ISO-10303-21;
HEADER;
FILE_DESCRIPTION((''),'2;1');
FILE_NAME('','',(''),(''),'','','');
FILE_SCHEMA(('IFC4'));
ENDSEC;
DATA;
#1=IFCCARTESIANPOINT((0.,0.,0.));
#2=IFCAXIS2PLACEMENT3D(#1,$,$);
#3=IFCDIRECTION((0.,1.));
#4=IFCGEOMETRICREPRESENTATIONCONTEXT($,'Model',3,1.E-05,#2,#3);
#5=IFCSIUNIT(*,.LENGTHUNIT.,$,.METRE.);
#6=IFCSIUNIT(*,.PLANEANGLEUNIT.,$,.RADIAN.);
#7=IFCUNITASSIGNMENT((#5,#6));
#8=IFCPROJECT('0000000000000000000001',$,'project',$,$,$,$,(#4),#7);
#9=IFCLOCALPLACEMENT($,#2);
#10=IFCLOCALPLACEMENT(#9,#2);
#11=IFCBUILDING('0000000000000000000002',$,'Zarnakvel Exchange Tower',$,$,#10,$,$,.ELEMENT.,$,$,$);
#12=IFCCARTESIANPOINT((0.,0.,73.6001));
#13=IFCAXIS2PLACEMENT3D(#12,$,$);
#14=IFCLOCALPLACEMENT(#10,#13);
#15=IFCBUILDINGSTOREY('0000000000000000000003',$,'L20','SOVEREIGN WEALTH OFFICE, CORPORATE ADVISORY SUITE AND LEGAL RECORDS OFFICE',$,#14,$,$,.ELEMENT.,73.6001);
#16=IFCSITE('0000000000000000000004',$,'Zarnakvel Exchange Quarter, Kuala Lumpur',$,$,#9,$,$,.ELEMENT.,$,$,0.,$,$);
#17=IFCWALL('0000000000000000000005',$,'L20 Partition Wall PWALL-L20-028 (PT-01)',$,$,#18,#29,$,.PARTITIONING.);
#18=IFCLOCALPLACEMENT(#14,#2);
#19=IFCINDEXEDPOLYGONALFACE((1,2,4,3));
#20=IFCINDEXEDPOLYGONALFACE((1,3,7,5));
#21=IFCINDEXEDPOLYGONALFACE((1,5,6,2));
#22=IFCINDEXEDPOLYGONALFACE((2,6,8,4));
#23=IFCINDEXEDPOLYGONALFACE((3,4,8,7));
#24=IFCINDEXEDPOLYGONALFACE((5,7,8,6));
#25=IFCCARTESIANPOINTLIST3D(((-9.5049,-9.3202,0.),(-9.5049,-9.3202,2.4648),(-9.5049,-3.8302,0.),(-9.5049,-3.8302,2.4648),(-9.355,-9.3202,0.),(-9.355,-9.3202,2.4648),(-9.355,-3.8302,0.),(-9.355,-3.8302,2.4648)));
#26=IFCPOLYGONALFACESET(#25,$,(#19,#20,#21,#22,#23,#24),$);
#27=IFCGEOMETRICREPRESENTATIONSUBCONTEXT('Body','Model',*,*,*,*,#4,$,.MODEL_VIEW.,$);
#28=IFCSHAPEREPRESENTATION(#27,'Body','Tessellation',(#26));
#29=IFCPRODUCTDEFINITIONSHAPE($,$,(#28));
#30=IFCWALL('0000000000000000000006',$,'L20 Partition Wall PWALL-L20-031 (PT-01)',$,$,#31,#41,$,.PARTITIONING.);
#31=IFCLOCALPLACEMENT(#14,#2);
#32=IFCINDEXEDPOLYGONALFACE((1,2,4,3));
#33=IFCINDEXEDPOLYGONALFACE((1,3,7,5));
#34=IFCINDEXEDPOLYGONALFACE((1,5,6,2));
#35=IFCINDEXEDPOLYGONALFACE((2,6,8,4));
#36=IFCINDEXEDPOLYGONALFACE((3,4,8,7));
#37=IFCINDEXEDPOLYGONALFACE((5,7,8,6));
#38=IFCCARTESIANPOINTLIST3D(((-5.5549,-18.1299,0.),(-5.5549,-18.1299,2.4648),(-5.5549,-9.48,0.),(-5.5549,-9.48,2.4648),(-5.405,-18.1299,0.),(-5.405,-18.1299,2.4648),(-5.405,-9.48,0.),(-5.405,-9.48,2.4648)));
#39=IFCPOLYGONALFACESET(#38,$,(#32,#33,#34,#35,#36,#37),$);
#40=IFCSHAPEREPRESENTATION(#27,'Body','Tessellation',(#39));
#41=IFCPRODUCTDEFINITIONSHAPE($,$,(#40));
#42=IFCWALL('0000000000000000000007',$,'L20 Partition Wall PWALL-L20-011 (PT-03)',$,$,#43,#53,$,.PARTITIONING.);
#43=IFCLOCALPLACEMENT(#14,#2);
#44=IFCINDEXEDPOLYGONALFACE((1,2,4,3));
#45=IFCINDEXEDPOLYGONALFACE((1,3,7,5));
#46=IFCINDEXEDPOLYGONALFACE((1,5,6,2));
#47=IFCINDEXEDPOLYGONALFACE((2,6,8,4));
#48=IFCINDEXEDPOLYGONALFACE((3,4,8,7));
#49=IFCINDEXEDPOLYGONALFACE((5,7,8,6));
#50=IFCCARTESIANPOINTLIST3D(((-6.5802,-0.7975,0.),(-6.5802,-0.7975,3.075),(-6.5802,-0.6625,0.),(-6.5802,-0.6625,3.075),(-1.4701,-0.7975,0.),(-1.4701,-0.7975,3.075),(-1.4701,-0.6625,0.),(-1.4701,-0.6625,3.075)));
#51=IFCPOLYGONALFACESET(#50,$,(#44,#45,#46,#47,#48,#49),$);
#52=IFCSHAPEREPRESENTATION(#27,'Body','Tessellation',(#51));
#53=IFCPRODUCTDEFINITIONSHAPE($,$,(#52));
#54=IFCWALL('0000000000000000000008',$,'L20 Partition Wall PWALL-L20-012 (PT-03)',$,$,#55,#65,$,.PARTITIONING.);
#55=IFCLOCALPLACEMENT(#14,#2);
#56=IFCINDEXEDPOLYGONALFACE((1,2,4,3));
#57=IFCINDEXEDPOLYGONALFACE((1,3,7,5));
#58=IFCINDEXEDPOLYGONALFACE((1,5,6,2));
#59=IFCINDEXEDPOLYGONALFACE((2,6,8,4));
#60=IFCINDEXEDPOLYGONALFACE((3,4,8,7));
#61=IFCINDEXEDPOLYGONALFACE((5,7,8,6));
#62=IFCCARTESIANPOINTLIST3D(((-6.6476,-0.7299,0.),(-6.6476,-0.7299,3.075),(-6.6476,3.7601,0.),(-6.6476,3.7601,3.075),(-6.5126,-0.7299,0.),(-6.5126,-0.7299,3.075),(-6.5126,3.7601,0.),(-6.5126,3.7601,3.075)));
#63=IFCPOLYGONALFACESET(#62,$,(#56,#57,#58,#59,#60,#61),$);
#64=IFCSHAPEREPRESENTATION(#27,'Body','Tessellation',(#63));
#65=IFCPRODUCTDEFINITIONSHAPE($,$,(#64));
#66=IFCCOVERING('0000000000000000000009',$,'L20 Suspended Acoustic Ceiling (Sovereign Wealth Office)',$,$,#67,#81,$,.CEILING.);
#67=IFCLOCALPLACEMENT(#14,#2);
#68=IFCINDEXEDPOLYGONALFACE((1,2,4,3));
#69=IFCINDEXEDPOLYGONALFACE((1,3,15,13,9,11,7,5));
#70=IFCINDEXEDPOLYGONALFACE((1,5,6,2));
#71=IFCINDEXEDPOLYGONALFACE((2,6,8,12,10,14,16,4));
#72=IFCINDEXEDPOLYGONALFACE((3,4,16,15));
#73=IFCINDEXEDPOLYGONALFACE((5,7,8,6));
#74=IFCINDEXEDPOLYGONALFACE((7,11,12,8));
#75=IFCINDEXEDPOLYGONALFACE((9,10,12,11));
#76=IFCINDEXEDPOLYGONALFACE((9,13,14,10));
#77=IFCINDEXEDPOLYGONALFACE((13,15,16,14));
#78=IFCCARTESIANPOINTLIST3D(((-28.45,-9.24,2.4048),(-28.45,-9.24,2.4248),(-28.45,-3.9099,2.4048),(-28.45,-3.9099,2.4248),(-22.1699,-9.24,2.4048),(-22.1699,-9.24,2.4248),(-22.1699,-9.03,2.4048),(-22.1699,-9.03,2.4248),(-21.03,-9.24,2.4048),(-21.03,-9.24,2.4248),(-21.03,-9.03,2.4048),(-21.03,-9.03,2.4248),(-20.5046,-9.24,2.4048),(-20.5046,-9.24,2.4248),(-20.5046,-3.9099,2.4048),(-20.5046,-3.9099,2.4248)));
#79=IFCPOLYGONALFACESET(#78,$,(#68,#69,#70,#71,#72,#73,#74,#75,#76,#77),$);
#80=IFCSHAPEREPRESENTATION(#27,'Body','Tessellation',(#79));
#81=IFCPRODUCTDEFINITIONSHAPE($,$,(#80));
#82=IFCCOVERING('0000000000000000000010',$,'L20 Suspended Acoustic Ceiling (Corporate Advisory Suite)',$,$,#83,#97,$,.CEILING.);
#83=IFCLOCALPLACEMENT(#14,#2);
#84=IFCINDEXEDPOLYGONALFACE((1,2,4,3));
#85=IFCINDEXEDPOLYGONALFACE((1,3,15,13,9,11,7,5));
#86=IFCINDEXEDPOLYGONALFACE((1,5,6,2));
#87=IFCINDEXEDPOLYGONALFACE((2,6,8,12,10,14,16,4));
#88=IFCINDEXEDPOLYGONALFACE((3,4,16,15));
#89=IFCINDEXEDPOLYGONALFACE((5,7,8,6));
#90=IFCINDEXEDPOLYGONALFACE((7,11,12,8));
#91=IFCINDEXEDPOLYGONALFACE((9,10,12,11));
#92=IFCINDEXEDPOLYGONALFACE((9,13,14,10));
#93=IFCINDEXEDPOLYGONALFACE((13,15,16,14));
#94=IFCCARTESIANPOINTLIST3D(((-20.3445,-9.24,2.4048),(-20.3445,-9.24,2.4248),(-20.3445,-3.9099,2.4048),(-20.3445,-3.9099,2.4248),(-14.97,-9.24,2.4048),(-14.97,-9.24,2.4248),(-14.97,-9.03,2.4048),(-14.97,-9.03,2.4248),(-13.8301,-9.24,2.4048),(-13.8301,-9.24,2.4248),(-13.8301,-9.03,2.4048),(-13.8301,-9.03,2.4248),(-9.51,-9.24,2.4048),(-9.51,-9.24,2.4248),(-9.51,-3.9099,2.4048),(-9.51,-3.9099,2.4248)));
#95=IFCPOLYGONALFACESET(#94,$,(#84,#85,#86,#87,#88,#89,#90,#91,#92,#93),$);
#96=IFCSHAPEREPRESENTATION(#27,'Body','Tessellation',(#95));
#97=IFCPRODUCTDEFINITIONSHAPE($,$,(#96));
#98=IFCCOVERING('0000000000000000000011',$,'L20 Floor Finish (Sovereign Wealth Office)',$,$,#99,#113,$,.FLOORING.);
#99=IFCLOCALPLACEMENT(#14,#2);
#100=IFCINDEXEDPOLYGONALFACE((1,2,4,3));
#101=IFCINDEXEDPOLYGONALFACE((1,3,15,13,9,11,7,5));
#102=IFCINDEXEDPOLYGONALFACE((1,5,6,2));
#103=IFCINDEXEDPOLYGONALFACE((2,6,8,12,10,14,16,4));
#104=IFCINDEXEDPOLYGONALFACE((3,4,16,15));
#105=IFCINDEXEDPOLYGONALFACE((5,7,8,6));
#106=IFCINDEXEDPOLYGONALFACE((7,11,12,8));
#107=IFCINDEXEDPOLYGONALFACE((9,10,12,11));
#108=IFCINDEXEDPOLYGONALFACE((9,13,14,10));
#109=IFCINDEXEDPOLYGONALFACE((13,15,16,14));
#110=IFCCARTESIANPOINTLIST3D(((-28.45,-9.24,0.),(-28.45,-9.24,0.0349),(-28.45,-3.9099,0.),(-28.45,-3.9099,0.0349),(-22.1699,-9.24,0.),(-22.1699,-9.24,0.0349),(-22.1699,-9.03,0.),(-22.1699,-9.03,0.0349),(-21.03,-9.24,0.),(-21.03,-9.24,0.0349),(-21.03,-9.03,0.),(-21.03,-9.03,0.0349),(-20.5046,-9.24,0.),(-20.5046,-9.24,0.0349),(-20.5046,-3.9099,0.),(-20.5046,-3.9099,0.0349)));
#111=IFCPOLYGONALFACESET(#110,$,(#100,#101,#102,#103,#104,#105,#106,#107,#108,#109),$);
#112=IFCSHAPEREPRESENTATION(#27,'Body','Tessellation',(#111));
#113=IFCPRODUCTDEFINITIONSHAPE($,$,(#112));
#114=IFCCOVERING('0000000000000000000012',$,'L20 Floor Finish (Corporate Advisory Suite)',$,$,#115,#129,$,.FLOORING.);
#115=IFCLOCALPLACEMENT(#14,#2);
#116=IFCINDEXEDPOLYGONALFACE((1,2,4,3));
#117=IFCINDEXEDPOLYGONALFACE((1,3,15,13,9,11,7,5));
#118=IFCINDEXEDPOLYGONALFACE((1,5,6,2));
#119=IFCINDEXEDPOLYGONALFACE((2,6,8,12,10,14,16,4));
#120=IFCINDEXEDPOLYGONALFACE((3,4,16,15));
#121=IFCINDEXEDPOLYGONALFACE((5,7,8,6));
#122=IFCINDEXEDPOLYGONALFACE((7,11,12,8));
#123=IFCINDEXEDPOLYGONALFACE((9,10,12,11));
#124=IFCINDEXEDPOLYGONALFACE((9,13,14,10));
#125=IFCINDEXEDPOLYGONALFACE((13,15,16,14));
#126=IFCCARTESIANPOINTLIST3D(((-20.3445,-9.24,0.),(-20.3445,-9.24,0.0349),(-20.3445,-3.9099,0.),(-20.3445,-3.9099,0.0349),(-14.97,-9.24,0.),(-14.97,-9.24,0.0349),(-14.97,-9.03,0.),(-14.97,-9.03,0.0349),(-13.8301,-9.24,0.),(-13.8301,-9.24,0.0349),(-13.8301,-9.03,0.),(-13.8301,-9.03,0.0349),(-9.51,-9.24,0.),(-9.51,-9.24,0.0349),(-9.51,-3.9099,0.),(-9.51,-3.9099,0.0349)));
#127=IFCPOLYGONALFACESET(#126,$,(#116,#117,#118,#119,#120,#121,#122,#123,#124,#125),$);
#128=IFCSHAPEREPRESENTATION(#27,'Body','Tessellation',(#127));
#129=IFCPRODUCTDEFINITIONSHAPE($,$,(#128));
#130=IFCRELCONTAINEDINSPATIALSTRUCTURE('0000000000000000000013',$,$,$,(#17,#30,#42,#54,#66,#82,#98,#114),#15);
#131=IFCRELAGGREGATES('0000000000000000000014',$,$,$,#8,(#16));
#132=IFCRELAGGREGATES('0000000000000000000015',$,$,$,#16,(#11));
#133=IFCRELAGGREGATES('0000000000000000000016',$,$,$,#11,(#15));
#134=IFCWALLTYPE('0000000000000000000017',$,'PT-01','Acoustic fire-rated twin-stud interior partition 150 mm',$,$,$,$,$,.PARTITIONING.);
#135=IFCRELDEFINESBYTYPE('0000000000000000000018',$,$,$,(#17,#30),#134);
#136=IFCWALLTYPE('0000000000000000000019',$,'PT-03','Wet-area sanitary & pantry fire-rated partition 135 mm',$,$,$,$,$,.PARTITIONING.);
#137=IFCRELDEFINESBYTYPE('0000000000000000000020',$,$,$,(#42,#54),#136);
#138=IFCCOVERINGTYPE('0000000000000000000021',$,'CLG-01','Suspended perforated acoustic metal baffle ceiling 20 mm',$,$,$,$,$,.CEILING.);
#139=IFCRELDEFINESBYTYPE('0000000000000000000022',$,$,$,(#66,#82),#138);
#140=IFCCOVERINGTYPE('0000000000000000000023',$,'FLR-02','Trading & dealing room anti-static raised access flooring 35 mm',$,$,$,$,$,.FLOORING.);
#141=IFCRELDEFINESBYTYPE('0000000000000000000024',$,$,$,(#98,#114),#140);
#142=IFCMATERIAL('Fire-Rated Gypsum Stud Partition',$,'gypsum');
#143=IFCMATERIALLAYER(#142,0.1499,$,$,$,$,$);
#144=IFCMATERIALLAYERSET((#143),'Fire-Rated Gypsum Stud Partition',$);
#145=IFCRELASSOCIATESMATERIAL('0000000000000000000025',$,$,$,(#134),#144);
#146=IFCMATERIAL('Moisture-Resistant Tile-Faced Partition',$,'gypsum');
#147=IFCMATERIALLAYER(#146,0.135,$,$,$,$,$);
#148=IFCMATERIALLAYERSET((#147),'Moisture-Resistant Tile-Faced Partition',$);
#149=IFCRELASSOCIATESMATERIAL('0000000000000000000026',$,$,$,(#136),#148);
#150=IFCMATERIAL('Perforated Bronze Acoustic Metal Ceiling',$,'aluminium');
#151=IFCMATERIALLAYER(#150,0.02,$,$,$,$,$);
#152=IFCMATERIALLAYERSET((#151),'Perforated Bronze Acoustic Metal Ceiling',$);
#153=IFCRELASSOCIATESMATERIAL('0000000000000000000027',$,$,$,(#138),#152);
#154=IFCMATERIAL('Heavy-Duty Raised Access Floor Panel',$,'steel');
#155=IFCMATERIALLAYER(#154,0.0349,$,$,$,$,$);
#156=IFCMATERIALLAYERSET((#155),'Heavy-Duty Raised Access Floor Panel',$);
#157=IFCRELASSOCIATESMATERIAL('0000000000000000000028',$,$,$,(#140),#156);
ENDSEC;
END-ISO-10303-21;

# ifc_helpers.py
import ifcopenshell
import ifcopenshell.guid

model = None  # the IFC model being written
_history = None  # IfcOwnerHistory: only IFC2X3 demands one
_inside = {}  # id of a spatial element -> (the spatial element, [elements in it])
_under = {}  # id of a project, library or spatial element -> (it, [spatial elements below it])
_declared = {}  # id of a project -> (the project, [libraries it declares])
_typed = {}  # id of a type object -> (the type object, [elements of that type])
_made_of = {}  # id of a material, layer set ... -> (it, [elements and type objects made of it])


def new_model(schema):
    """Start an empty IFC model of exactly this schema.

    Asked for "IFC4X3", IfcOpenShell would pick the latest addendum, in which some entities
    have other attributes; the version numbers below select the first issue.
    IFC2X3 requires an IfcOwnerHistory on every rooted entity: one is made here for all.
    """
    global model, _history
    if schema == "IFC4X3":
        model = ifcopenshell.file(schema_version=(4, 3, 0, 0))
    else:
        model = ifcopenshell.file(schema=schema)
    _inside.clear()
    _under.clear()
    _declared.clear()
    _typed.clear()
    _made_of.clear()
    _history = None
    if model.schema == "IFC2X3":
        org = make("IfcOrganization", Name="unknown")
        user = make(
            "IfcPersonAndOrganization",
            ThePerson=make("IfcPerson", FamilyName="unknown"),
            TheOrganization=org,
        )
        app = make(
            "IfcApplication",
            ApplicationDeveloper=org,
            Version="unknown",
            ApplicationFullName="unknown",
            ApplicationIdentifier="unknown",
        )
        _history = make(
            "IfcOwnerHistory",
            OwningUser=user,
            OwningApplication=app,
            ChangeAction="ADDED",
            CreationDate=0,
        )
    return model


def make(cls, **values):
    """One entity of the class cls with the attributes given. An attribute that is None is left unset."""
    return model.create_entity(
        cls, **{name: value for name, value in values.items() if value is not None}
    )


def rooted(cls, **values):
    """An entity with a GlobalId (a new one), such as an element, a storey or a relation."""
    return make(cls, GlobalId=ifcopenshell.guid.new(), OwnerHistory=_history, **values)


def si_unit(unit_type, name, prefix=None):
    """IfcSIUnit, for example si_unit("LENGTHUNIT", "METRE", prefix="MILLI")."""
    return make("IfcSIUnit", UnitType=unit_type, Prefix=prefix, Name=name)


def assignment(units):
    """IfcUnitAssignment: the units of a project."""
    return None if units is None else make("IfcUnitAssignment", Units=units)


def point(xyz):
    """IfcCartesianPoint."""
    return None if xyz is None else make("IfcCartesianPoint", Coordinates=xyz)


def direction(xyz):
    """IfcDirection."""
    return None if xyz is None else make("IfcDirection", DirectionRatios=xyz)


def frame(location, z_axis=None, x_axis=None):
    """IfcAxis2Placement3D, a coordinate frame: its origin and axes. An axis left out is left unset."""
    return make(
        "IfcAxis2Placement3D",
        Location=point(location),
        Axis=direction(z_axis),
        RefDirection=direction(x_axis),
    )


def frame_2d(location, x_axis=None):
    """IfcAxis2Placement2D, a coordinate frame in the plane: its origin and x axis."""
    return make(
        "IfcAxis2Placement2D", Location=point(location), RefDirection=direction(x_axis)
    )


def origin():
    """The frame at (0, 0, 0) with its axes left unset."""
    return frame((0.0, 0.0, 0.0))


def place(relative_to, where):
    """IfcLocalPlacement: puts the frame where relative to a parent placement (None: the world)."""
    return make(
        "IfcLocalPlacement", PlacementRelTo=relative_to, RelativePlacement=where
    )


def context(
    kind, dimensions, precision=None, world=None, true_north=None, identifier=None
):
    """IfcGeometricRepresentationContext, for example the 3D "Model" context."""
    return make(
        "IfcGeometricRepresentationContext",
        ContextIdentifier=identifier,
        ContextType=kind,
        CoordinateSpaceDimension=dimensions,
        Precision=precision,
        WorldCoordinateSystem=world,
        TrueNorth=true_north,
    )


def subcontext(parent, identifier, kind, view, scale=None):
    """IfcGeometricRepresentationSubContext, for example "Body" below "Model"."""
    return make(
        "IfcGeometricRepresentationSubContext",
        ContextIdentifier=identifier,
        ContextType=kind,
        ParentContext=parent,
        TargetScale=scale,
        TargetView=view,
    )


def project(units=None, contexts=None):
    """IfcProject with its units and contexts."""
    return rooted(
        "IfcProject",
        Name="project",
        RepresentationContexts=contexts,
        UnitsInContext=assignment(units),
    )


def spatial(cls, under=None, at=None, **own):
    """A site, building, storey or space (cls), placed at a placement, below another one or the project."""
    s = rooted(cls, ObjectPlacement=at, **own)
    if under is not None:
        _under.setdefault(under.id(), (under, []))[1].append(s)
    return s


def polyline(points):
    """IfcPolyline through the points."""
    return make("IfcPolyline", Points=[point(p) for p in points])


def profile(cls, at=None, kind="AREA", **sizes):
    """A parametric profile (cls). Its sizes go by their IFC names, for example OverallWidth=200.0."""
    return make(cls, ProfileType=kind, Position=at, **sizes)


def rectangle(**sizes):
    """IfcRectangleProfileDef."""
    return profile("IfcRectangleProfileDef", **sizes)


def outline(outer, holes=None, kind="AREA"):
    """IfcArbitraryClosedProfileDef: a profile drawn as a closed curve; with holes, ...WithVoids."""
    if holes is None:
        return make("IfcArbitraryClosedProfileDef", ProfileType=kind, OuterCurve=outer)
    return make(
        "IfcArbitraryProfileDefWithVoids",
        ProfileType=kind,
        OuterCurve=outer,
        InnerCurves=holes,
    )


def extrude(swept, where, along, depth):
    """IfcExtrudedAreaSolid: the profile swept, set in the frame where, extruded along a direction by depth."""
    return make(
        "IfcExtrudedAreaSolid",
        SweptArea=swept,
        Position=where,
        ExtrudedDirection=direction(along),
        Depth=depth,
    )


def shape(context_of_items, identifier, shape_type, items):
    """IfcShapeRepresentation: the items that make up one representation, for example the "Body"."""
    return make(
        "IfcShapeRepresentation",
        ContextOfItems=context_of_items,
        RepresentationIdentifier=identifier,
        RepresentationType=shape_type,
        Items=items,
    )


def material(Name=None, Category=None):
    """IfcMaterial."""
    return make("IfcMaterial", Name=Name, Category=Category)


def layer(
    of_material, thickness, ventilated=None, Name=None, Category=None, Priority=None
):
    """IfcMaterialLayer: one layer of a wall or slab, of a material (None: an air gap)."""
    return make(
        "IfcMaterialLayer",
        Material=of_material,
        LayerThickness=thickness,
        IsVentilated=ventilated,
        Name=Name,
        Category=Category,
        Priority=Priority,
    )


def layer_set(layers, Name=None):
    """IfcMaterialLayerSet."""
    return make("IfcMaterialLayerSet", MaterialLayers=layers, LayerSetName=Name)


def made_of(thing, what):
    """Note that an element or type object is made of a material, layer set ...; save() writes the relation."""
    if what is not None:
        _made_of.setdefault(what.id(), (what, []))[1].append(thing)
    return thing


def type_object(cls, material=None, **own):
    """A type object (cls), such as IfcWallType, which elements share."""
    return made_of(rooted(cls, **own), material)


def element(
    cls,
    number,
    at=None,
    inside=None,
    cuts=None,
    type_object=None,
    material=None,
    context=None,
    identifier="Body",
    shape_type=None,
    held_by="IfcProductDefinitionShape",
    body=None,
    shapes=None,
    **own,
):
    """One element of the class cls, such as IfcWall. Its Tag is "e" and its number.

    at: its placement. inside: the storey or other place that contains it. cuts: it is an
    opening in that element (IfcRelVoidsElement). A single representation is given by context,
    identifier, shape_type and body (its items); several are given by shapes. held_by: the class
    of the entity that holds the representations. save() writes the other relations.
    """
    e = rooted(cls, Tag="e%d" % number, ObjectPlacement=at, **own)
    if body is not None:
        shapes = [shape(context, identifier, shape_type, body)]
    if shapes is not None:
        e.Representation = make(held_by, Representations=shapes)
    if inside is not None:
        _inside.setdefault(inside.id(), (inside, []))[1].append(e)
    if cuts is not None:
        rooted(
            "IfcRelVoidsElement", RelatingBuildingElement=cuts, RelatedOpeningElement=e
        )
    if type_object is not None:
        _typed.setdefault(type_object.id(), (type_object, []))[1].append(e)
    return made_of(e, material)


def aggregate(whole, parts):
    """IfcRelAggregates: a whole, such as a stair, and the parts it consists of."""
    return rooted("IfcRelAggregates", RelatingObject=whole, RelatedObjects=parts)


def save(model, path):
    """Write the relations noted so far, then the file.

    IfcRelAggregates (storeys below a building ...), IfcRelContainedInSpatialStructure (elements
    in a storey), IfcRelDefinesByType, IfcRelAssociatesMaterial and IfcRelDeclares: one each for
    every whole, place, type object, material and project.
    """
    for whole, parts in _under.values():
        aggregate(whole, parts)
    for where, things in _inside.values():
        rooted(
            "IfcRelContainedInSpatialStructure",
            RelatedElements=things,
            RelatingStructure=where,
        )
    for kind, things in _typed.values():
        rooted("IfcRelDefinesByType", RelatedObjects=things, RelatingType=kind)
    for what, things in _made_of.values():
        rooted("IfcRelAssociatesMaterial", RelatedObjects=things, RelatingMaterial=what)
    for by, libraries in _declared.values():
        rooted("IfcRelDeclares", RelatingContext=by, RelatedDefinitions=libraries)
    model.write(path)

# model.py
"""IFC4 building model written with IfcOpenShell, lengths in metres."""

from ifc_helpers import new_model, si_unit, direction, frame, frame_2d, origin, place, context, subcontext, project, spatial, polyline, rectangle, outline, extrude, material, layer, layer_set, type_object, element, save


model = new_model("IFC4")

# Units and contexts
model_context = context("Model", 3, precision=1e-05, world=origin(), true_north=direction((0.0, 1.0)))
body_context = subcontext(model_context, "Body", "Model", "MODEL_VIEW")
ifc_project = project(units=[si_unit("LENGTHUNIT", "METRE"), si_unit("PLANEANGLEUNIT", "RADIAN")], contexts=[model_context])

# Site, building, storey
site_placement = place(None, origin())
site = spatial("IfcSite", under=ifc_project, at=site_placement, Name="Zarnakvel Exchange Quarter, Kuala Lumpur", CompositionType="ELEMENT", RefElevation=0.0)
building_placement = place(site_placement, origin())
building = spatial("IfcBuilding", under=site, at=building_placement, Name="Zarnakvel Exchange Tower", CompositionType="ELEMENT")
storey_placement = place(building_placement, frame((0.0, 0.0, 73.6001)))
storey = spatial("IfcBuildingStorey", under=building, at=storey_placement, Name="L20", Description="SOVEREIGN WEALTH OFFICE, CORPORATE ADVISORY SUITE AND LEGAL RECORDS OFFICE", CompositionType="ELEMENT", Elevation=73.6001)

# Walls
ifc_material_1 = material(Name="Fire-Rated Gypsum Stud Partition", Category="gypsum")
ifc_layer_1 = layer(ifc_material_1, 0.1499)
ifc_layer_set_1 = layer_set([ifc_layer_1], Name="Fire-Rated Gypsum Stud Partition")
wall_type_1 = type_object("IfcWallType", Name="PT-01", Description="Acoustic fire-rated twin-stud interior partition 150 mm", PredefinedType="PARTITIONING", material=ifc_layer_set_1)
wall_1_placement = place(storey_placement, frame((-9.4299, -3.8301, 0.0), z_axis=(0.0, 0.0, 1.0), x_axis=(0.0, -1.0, 0.0)))
element("IfcWall", 1, at=wall_1_placement, inside=storey, type_object=wall_type_1, Name="L20 Partition Wall PWALL-L20-028 (PT-01)", PredefinedType="PARTITIONING", context=body_context, shape_type="SweptSolid", body=[
    extrude(rectangle(XDim=5.49, YDim=0.1499, at=frame_2d((2.7451, 0.0))), origin(), (0.0, 0.0, 1.0), 2.4648),
])
wall_2_placement = place(storey_placement, frame((-5.48, -9.48, 0.0), z_axis=(0.0, 0.0, 1.0), x_axis=(0.0, -1.0, 0.0)))
element("IfcWall", 2, at=wall_2_placement, inside=storey, type_object=wall_type_1, Name="L20 Partition Wall PWALL-L20-031 (PT-01)", PredefinedType="PARTITIONING", context=body_context, shape_type="SweptSolid", body=[
    extrude(rectangle(XDim=8.6499, YDim=0.1499, at=frame_2d((4.325, 0.0))), origin(), (0.0, 0.0, 1.0), 2.4648),
])
ifc_material_2 = material(Name="Moisture-Resistant Tile-Faced Partition", Category="gypsum")
ifc_layer_2 = layer(ifc_material_2, 0.135)
ifc_layer_set_2 = layer_set([ifc_layer_2], Name="Moisture-Resistant Tile-Faced Partition")
wall_type_2 = type_object("IfcWallType", Name="PT-03", Description="Wet-area sanitary & pantry fire-rated partition 135 mm", PredefinedType="PARTITIONING", material=ifc_layer_set_2)
wall_3_placement = place(storey_placement, frame((-1.47, -0.73, 0.0), z_axis=(0.0, 0.0, 1.0), x_axis=(-1.0, 0.0, 0.0)))
element("IfcWall", 3, at=wall_3_placement, inside=storey, type_object=wall_type_2, Name="L20 Partition Wall PWALL-L20-011 (PT-03)", PredefinedType="PARTITIONING", context=body_context, shape_type="SweptSolid", body=[
    extrude(rectangle(XDim=5.1101, YDim=0.135, at=frame_2d((2.5552, 0.0))), origin(), (0.0, 0.0, 1.0), 3.075),
])
wall_4_placement = place(storey_placement, frame((-6.5801, -0.73, 0.0), z_axis=(0.0, 0.0, 1.0), x_axis=(0.0, 1.0, 0.0)))
element("IfcWall", 4, at=wall_4_placement, inside=storey, type_object=wall_type_2, Name="L20 Partition Wall PWALL-L20-012 (PT-03)", PredefinedType="PARTITIONING", context=body_context, shape_type="SweptSolid", body=[
    extrude(rectangle(XDim=4.49, YDim=0.135, at=frame_2d((2.2451, 0.0))), origin(), (0.0, 0.0, 1.0), 3.075),
])

# Coverings
ifc_material_3 = material(Name="Perforated Bronze Acoustic Metal Ceiling", Category="aluminium")
ifc_layer_3 = layer(ifc_material_3, 0.02)
ifc_layer_set_3 = layer_set([ifc_layer_3], Name="Perforated Bronze Acoustic Metal Ceiling")
covering_type_1 = type_object("IfcCoveringType", Name="CLG-01", Description="Suspended perforated acoustic metal baffle ceiling 20 mm", PredefinedType="CEILING", material=ifc_layer_set_3)
covering_1_placement = place(storey_placement, frame((0.0, 0.0, 2.4048)))
element("IfcCovering", 5, at=covering_1_placement, inside=storey, type_object=covering_type_1, Name="L20 Suspended Acoustic Ceiling (Sovereign Wealth Office)", PredefinedType="CEILING", context=body_context, shape_type="SweptSolid", body=[
    extrude(outline(polyline([(-28.45, -3.9099), (-20.5046, -3.9099), (-20.5046, -9.24), (-21.03, -9.24), (-21.03, -9.03), (-22.1699, -9.03), (-22.1699, -9.24), (-28.45, -9.24), (-28.45, -3.9099)])), origin(), (0.0, 0.0, 1.0), 0.02),
])
covering_2_placement = place(storey_placement, frame((0.0, 0.0, 2.4048)))
element("IfcCovering", 6, at=covering_2_placement, inside=storey, type_object=covering_type_1, Name="L20 Suspended Acoustic Ceiling (Corporate Advisory Suite)", PredefinedType="CEILING", context=body_context, shape_type="SweptSolid", body=[
    extrude(outline(polyline([(-20.3445, -3.9099), (-9.51, -3.9099), (-9.51, -9.24), (-13.8301, -9.24), (-13.8301, -9.03), (-14.97, -9.03), (-14.97, -9.24), (-20.3445, -9.24), (-20.3445, -3.9099)])), origin(), (0.0, 0.0, 1.0), 0.02),
])
ifc_material_4 = material(Name="Heavy-Duty Raised Access Floor Panel", Category="steel")
ifc_layer_4 = layer(ifc_material_4, 0.0349)
ifc_layer_set_4 = layer_set([ifc_layer_4], Name="Heavy-Duty Raised Access Floor Panel")
covering_type_2 = type_object("IfcCoveringType", Name="FLR-02", Description="Trading & dealing room anti-static raised access flooring 35 mm", PredefinedType="FLOORING", material=ifc_layer_set_4)
covering_3_placement = place(storey_placement, origin())
element("IfcCovering", 7, at=covering_3_placement, inside=storey, type_object=covering_type_2, Name="L20 Floor Finish (Sovereign Wealth Office)", PredefinedType="FLOORING", context=body_context, shape_type="SweptSolid", body=[
    extrude(outline(polyline([(-28.45, -3.9099), (-20.5046, -3.9099), (-20.5046, -9.24), (-21.03, -9.24), (-21.03, -9.03), (-22.1699, -9.03), (-22.1699, -9.24), (-28.45, -9.24), (-28.45, -3.9099)])), origin(), (0.0, 0.0, 1.0), 0.0349),
])
covering_4_placement = place(storey_placement, origin())
element("IfcCovering", 8, at=covering_4_placement, inside=storey, type_object=covering_type_2, Name="L20 Floor Finish (Corporate Advisory Suite)", PredefinedType="FLOORING", context=body_context, shape_type="SweptSolid", body=[
    extrude(outline(polyline([(-20.3445, -3.9099), (-9.51, -3.9099), (-9.51, -9.24), (-13.8301, -9.24), (-13.8301, -9.03), (-14.97, -9.03), (-14.97, -9.24), (-20.3445, -9.24), (-20.3445, -3.9099)])), origin(), (0.0, 0.0, 1.0), 0.0349),
])

save(model, "model.ifc")
